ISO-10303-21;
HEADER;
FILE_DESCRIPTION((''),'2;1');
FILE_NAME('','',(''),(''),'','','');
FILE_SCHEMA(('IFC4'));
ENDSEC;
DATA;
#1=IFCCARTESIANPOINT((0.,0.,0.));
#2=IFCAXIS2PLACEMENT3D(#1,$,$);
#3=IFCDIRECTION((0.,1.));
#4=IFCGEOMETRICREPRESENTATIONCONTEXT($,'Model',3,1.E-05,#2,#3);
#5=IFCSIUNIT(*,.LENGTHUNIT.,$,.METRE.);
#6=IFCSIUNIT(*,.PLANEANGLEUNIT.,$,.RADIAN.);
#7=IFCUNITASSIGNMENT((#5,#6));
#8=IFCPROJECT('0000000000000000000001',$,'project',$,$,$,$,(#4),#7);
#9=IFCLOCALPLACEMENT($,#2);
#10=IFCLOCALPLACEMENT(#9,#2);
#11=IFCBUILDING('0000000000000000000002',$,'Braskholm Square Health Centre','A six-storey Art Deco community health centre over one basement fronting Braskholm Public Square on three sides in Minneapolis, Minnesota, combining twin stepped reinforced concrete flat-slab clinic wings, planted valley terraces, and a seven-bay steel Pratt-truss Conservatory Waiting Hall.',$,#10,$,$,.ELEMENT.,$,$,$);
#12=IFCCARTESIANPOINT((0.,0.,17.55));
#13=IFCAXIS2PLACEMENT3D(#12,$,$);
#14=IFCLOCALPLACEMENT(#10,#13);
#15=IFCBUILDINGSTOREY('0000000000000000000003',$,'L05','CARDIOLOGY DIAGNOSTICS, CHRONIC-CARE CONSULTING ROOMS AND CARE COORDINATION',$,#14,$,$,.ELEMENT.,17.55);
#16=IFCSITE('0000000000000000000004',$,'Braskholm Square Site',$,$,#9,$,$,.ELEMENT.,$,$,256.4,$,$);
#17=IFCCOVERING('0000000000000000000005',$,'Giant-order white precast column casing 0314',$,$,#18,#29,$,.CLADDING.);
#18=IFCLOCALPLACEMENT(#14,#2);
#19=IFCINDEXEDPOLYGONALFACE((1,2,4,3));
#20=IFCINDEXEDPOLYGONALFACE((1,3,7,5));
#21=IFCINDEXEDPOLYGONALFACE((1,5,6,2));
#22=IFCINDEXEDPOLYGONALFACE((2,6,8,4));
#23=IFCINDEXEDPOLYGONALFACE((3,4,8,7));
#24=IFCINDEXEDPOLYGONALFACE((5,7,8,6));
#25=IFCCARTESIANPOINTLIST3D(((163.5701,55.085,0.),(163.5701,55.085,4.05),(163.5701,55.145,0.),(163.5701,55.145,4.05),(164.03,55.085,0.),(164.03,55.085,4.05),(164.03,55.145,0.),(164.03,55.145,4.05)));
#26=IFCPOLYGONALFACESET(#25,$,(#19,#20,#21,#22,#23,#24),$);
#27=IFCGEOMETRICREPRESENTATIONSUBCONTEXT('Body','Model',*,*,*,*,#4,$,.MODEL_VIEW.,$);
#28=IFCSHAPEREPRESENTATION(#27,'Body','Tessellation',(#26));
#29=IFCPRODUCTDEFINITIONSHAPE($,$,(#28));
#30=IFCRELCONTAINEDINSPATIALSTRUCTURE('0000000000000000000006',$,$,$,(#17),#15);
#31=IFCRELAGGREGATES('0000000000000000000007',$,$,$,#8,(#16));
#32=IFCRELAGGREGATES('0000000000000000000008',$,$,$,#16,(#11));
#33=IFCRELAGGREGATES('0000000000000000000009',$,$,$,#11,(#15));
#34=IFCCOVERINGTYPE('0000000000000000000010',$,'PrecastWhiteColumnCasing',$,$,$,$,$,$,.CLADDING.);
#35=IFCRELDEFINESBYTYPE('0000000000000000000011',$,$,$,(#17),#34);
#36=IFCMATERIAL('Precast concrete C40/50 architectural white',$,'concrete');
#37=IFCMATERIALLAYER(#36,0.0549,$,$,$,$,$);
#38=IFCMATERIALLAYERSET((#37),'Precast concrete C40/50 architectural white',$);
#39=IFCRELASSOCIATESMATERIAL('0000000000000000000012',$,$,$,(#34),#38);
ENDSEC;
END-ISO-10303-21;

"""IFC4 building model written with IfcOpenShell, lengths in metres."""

from ifc_helpers import new_model, si_unit, direction, frame, origin, origin_2d, place, context, subcontext, project, spatial, rectangle, extrude, material, layer, layer_set, type_object, element, save


model = new_model("IFC4")

# Units and contexts
model_context = context("Model", 3, precision=1e-05, world=origin(), true_north=direction((0.0, 1.0)))
body_context = subcontext(model_context, "Body", "Model", "MODEL_VIEW")
ifc_project = project(units=[si_unit("LENGTHUNIT", "METRE"), si_unit("PLANEANGLEUNIT", "RADIAN")], contexts=[model_context])

# Site, building, storey
site_placement = place(None, origin())
site = spatial("IfcSite", under=ifc_project, at=site_placement, Name="Braskholm Square Site", CompositionType="ELEMENT", RefElevation=256.4)
building_placement = place(site_placement, origin())
building = spatial("IfcBuilding", under=site, at=building_placement, Name="Braskholm Square Health Centre", Description="A six-storey Art Deco community health centre over one basement fronting Braskholm Public Square on three sides in Minneapolis, Minnesota, combining twin stepped reinforced concrete flat-slab clinic wings, planted valley terraces, and a seven-bay steel Pratt-truss Conservatory Waiting Hall.", CompositionType="ELEMENT")
storey_placement = place(building_placement, frame((0.0, 0.0, 17.55)))
storey = spatial("IfcBuildingStorey", under=building, at=storey_placement, Name="L05", Description="CARDIOLOGY DIAGNOSTICS, CHRONIC-CARE CONSULTING ROOMS AND CARE COORDINATION", CompositionType="ELEMENT", Elevation=17.55)

# Shared definitions
ifc_material_1 = material(Name="Precast concrete C40/50 architectural white", Category="concrete")

# Covering
ifc_layer_1 = layer(ifc_material_1, 0.0549)
ifc_layer_set_1 = layer_set([ifc_layer_1], Name="Precast concrete C40/50 architectural white")
covering_type = type_object("IfcCoveringType", Name="PrecastWhiteColumnCasing", PredefinedType="CLADDING", material=ifc_layer_set_1)
covering_1_placement = place(storey_placement, frame((163.8, 55.115, 0.0), z_axis=(0.0, 0.0, 1.0), x_axis=(1.0, 0.0, 0.0)))
element("IfcCovering", 1, at=covering_1_placement, inside=storey, type_object=covering_type, Name="Giant-order white precast column casing 0314", PredefinedType="CLADDING", context=body_context, shape_type="SweptSolid", body=[
    extrude(rectangle(XDim=0.46, YDim=0.0601, at=origin_2d()), origin(), (0.0, 0.0, 1.0), 4.05),
])

save(model, "model.ifc")
